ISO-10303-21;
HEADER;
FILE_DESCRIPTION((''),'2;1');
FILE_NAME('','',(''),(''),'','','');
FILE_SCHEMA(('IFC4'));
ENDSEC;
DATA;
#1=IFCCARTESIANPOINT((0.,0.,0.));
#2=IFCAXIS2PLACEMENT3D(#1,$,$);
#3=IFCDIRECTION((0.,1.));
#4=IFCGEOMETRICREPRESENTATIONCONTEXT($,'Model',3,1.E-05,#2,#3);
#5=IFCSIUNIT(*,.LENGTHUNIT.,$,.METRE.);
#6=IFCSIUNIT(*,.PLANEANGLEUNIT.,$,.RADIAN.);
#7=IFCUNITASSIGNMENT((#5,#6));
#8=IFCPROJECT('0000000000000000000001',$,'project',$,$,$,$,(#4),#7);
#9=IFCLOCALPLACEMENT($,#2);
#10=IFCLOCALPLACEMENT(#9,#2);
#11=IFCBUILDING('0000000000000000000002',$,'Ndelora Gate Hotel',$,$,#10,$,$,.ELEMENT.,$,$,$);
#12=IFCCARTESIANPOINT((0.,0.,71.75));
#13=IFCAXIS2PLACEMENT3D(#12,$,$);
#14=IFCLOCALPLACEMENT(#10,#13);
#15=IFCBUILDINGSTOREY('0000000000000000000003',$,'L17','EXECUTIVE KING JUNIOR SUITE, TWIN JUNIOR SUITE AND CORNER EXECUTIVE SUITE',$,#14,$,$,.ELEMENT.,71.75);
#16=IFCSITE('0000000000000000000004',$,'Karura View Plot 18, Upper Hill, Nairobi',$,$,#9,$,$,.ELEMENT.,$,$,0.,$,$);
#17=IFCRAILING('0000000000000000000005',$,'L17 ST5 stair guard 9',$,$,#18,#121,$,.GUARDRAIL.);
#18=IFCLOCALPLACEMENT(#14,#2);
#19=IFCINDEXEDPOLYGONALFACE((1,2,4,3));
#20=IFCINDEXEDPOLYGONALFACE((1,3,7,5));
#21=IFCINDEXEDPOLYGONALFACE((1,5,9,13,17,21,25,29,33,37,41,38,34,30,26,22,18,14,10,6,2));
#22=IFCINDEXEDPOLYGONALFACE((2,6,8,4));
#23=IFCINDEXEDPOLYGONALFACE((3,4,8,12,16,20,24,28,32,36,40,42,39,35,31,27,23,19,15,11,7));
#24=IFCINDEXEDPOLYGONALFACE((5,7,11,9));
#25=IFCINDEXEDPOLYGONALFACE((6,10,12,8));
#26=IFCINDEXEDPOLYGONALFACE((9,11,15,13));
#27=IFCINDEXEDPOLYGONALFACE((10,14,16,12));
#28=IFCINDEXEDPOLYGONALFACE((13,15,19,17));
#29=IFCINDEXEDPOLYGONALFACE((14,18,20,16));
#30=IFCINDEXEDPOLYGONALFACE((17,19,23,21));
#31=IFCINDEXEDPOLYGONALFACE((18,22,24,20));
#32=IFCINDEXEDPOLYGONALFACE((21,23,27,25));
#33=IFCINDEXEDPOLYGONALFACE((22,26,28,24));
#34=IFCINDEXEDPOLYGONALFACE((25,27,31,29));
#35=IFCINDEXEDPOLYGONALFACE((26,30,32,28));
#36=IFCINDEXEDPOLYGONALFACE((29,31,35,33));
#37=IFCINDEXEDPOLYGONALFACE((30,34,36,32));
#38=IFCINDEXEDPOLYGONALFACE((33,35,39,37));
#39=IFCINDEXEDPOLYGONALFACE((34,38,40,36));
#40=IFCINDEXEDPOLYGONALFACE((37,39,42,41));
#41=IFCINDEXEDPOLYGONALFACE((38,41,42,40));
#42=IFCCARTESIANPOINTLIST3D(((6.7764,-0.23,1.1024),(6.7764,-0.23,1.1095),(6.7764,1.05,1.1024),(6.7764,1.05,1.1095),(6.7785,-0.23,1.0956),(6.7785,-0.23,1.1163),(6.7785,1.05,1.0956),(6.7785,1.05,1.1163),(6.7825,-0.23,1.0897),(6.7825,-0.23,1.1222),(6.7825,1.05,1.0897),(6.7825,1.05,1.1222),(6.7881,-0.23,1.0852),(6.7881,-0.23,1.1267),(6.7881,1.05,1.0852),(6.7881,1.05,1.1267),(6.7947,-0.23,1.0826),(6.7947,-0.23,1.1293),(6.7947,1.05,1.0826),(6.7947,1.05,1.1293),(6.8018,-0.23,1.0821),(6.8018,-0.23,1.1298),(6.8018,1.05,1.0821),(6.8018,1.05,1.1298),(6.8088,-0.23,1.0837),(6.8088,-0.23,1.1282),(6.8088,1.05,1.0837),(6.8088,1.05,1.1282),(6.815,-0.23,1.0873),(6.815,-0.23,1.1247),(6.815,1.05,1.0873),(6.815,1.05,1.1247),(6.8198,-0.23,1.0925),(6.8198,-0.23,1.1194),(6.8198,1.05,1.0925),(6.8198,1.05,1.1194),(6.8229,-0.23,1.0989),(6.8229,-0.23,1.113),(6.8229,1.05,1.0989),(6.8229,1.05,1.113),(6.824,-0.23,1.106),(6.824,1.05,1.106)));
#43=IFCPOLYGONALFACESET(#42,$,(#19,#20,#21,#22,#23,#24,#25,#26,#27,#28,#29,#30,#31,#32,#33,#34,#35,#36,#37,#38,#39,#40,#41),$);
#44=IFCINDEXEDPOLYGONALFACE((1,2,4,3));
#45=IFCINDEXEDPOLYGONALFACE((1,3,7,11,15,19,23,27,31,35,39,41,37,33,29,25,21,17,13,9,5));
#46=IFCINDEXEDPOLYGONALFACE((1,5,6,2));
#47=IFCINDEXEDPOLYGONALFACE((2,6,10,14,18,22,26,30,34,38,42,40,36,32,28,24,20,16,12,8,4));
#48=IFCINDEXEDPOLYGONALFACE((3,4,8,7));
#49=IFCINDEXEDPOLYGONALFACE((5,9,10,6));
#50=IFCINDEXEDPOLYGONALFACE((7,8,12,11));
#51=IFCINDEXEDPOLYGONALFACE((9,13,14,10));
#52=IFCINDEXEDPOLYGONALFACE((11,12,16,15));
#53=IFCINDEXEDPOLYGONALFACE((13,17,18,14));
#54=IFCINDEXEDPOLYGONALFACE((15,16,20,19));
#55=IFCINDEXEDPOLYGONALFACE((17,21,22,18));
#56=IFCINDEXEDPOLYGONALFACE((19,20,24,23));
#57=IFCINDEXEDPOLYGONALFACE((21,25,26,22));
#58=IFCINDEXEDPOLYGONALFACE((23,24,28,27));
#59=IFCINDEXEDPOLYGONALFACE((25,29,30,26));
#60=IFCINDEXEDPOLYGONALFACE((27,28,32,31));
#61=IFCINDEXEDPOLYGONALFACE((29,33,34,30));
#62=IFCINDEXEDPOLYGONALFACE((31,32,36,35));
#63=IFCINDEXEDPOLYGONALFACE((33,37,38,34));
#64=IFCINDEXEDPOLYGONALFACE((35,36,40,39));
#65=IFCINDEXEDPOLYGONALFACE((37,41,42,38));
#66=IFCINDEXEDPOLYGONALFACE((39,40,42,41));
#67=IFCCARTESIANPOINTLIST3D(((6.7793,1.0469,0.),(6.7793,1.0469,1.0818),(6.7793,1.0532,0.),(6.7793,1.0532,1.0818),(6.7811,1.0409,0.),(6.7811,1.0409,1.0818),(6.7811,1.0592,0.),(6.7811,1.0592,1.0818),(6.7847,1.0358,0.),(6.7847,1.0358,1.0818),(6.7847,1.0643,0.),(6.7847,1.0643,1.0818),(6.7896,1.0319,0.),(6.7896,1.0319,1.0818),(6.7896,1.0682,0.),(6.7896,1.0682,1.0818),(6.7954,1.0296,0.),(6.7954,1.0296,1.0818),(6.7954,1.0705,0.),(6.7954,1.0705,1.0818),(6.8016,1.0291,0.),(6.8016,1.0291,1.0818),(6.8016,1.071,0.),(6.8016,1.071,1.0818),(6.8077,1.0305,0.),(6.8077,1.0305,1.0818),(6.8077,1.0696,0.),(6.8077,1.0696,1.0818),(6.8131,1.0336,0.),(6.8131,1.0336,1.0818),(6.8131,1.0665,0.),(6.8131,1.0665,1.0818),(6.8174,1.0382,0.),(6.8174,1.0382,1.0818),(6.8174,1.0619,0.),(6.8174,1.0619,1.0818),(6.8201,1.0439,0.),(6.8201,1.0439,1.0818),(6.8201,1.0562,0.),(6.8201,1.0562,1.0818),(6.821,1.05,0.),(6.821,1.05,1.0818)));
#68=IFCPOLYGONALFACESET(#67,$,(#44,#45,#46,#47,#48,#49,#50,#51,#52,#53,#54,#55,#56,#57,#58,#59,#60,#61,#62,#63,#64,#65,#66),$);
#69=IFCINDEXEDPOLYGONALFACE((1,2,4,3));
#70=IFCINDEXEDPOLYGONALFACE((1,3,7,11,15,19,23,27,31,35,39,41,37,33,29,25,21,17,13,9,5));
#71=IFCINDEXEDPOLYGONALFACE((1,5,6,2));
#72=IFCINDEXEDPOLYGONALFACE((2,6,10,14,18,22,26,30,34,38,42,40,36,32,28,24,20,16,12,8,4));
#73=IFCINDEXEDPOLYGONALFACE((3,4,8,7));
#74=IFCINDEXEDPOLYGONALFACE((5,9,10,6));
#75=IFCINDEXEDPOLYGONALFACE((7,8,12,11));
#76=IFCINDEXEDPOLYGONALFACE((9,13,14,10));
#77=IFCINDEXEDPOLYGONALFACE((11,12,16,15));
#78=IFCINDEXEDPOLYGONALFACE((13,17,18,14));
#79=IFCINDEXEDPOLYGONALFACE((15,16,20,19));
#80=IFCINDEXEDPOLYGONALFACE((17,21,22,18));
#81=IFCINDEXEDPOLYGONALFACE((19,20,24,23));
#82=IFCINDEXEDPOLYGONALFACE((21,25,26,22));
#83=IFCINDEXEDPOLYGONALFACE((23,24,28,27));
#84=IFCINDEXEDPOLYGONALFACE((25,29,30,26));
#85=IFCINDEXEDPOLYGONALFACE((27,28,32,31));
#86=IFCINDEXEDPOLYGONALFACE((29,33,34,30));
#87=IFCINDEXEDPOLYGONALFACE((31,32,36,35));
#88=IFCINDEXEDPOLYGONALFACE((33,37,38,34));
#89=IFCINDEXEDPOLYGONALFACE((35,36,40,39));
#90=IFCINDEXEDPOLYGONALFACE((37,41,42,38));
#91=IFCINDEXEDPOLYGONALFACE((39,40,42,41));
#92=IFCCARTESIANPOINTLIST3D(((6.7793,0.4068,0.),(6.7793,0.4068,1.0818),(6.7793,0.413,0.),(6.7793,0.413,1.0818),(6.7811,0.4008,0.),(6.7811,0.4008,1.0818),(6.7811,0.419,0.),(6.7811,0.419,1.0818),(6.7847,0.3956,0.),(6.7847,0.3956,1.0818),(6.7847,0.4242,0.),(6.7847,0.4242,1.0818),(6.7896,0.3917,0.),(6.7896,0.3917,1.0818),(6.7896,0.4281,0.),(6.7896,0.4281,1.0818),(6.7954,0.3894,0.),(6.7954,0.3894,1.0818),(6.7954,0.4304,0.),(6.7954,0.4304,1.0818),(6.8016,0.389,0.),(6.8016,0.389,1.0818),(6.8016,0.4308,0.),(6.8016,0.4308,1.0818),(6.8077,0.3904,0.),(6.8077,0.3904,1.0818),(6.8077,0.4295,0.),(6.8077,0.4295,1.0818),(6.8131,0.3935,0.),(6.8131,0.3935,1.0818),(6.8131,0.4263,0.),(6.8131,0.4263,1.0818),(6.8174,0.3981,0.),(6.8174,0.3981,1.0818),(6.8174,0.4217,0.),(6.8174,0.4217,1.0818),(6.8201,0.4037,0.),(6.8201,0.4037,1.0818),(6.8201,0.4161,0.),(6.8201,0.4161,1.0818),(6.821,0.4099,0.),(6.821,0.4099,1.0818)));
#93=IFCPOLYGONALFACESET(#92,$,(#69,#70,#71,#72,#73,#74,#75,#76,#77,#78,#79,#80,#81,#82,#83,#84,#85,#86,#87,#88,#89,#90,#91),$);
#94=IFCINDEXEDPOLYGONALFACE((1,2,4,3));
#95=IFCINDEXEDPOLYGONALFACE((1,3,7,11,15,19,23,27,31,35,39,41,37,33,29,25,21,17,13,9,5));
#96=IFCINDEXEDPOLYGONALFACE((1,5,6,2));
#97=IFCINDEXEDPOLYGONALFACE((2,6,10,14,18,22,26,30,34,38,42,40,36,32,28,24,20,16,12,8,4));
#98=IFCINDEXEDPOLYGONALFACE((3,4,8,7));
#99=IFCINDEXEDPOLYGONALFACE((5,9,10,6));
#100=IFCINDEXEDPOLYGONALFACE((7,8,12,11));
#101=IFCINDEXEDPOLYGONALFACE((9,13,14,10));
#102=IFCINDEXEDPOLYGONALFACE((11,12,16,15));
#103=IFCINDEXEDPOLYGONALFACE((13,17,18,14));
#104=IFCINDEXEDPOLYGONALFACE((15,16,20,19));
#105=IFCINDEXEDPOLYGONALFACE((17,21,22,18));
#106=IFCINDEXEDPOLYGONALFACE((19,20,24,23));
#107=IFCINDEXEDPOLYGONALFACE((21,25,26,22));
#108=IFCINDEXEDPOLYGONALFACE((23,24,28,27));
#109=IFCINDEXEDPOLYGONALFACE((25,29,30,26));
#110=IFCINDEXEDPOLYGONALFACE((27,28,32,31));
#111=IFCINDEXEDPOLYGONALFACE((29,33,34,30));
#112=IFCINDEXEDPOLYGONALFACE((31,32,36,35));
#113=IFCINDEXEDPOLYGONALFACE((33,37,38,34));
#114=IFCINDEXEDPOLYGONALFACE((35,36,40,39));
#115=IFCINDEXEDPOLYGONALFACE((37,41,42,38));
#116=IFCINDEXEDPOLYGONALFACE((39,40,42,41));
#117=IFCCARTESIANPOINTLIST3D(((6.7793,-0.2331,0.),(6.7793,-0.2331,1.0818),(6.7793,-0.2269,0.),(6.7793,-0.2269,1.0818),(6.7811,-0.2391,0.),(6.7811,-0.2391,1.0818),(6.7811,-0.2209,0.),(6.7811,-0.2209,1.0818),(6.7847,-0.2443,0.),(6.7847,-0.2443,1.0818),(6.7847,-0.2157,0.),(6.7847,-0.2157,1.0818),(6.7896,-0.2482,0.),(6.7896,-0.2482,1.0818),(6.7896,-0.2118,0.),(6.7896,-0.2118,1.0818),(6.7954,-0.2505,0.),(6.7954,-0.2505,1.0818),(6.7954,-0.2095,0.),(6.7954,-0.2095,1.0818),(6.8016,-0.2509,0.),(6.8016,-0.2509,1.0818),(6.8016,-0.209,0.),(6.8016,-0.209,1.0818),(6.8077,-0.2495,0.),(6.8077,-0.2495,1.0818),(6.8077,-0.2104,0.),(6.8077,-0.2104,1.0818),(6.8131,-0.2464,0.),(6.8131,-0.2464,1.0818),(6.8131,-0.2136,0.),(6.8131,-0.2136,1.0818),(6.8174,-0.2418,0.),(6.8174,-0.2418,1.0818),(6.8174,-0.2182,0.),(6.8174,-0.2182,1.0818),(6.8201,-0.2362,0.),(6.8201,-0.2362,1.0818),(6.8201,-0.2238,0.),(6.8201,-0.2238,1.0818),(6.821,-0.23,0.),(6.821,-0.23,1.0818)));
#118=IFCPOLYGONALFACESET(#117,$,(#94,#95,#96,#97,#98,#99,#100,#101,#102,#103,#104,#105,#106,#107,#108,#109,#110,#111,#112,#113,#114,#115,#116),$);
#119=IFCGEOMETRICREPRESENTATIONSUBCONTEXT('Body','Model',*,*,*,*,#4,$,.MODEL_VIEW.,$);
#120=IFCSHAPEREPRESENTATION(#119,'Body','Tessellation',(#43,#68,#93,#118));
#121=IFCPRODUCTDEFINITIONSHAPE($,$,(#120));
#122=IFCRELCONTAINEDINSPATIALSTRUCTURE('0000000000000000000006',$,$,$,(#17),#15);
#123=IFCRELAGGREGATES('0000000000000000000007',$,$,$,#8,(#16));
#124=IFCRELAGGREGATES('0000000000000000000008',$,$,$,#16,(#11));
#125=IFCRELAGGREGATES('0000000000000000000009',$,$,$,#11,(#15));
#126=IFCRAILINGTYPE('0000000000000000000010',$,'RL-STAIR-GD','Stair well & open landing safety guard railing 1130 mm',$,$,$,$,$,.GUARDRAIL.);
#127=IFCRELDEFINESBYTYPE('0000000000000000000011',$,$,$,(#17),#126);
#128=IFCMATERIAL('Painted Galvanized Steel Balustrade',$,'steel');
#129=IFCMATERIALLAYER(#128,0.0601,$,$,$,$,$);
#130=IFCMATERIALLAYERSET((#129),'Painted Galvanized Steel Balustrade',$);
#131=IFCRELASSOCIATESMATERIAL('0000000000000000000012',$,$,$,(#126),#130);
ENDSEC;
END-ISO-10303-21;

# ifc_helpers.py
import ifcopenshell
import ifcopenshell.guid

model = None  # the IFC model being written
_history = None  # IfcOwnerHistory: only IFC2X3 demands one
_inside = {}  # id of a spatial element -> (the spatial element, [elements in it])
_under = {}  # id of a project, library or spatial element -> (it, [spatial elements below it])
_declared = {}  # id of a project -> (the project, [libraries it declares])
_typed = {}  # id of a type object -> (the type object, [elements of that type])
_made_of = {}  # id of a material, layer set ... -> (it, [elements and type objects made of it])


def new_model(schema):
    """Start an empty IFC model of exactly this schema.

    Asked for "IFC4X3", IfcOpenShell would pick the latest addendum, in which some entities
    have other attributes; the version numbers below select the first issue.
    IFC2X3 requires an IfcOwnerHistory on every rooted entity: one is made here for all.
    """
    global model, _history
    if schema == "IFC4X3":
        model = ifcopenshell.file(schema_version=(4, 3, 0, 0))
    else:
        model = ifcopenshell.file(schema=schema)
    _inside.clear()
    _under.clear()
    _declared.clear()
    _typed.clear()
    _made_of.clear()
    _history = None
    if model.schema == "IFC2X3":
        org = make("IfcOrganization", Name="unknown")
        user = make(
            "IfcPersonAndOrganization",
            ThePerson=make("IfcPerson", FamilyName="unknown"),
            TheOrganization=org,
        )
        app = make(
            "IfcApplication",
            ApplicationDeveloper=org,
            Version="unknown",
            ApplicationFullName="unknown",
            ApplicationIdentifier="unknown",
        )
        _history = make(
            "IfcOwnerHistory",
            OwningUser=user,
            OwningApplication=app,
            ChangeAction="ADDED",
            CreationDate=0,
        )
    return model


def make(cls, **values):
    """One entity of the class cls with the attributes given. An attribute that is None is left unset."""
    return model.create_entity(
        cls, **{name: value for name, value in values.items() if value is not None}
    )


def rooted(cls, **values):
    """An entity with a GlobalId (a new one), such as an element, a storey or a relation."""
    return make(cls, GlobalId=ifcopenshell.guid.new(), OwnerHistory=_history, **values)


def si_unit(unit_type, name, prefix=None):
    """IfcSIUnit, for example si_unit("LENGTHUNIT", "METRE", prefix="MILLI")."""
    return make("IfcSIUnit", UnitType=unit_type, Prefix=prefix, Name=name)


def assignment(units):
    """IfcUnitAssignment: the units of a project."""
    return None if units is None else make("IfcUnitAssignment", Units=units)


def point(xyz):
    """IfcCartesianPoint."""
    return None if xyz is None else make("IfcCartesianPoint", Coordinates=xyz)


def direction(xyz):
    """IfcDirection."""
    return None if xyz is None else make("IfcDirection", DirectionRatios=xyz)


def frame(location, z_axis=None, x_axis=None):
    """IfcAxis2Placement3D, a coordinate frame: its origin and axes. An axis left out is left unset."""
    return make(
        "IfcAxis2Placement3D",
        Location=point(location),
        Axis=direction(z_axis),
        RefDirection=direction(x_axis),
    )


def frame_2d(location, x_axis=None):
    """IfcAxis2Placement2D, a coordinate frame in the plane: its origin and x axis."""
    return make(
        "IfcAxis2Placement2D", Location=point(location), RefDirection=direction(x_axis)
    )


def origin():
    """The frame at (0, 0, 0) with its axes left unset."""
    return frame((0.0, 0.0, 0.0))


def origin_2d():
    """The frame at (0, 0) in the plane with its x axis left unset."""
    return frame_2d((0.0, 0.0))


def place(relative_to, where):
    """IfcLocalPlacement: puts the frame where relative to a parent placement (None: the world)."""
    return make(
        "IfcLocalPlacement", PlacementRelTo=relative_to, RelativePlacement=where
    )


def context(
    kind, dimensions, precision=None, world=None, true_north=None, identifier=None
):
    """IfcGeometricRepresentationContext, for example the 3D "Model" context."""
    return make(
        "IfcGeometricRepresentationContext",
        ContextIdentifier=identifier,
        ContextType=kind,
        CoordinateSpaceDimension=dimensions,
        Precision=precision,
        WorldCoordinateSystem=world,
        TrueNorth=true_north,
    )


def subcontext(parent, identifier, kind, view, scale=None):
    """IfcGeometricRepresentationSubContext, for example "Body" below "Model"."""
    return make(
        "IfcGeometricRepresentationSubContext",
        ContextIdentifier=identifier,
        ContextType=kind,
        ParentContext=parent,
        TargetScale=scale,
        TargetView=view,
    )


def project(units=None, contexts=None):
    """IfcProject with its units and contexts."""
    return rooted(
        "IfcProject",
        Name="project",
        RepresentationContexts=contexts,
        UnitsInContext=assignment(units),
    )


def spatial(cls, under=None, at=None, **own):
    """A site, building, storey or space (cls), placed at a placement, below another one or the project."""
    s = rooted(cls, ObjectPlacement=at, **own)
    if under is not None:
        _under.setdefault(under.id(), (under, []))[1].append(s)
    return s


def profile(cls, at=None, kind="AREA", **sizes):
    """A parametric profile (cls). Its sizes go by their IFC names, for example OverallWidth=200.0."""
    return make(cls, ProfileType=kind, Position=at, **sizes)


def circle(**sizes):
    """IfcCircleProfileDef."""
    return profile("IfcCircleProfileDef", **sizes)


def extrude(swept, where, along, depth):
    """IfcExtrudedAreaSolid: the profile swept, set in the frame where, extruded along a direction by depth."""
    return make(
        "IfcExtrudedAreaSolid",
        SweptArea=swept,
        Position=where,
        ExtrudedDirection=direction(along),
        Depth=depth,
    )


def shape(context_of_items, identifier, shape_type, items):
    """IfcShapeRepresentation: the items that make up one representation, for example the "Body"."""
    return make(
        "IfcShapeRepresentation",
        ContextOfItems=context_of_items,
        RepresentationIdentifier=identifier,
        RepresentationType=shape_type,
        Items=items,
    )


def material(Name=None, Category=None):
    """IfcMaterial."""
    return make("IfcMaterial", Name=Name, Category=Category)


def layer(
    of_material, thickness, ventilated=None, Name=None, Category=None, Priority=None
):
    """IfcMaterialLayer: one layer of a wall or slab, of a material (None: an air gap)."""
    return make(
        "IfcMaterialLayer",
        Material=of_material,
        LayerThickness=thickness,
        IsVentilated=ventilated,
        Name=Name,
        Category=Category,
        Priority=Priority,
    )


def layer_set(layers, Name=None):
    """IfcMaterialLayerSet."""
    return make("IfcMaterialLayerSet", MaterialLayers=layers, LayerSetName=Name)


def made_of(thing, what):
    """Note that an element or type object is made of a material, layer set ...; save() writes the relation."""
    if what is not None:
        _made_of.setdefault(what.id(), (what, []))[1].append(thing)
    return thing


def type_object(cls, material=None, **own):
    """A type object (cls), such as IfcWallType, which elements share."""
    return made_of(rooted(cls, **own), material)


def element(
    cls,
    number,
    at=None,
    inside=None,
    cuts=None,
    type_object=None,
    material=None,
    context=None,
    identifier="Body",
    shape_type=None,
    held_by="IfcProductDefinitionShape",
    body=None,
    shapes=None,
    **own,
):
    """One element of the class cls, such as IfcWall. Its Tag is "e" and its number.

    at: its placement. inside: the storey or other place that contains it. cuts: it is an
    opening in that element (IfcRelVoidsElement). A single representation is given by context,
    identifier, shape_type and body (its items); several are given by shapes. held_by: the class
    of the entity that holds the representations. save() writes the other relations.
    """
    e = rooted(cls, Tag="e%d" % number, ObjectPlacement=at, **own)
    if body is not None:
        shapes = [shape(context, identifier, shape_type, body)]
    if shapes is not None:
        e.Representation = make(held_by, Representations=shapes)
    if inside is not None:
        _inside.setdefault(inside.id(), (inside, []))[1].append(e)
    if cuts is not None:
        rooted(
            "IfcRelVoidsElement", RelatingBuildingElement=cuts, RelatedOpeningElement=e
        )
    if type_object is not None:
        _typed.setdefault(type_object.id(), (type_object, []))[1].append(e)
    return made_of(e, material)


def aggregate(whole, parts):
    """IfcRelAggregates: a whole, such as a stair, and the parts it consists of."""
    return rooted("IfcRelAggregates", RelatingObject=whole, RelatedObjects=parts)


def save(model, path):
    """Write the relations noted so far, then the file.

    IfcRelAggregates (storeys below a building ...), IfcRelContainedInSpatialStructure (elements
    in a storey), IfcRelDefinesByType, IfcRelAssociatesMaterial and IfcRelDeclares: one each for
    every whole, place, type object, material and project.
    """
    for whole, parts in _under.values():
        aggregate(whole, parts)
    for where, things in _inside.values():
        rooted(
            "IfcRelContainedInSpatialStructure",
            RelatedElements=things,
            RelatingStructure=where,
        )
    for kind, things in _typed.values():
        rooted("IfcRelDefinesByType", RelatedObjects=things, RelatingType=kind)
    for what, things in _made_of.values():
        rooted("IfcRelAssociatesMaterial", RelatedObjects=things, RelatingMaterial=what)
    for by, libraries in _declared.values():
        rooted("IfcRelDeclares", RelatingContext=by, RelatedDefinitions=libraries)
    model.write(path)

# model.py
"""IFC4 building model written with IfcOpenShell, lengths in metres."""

from ifc_helpers import new_model, si_unit, direction, frame, origin, origin_2d, place, context, subcontext, project, spatial, circle, extrude, material, layer, layer_set, type_object, element, save


model = new_model("IFC4")

# Units and contexts
model_context = context("Model", 3, precision=1e-05, world=origin(), true_north=direction((0.0, 1.0)))
body_context = subcontext(model_context, "Body", "Model", "MODEL_VIEW")
ifc_project = project(units=[si_unit("LENGTHUNIT", "METRE"), si_unit("PLANEANGLEUNIT", "RADIAN")], contexts=[model_context])

# Site, building, storey
site_placement = place(None, origin())
site = spatial("IfcSite", under=ifc_project, at=site_placement, Name="Karura View Plot 18, Upper Hill, Nairobi", CompositionType="ELEMENT", RefElevation=0.0)
building_placement = place(site_placement, origin())
building = spatial("IfcBuilding", under=site, at=building_placement, Name="Ndelora Gate Hotel", CompositionType="ELEMENT")
storey_placement = place(building_placement, frame((0.0, 0.0, 71.75)))
storey = spatial("IfcBuildingStorey", under=building, at=storey_placement, Name="L17", Description="EXECUTIVE KING JUNIOR SUITE, TWIN JUNIOR SUITE AND CORNER EXECUTIVE SUITE", CompositionType="ELEMENT", Elevation=71.75)

# Railing
ifc_material_1 = material(Name="Painted Galvanized Steel Balustrade", Category="steel")
ifc_layer_1 = layer(ifc_material_1, 0.0601)
ifc_layer_set_1 = layer_set([ifc_layer_1], Name="Painted Galvanized Steel Balustrade")
railing_type_1 = type_object("IfcRailingType", Name="RL-STAIR-GD", Description="Stair well & open landing safety guard railing 1130 mm", PredefinedType="GUARDRAIL", material=ifc_layer_set_1)
railing_1_placement = place(storey_placement, frame((6.8, 1.05, 0.0)))
element("IfcRailing", 1, at=railing_1_placement, inside=storey, type_object=railing_type_1, Name="L17 ST5 stair guard 9", PredefinedType="GUARDRAIL", context=body_context, shape_type="SweptSolid", body=[
    extrude(circle(Radius=0.0239, at=origin_2d()), frame((0.0, 0.0, 1.106), z_axis=(0.0, -1.0, 0.0), x_axis=(1.0, 0.0, 0.0)), (0.0, 0.0, 1.0), 1.28),
    extrude(circle(Radius=0.021, at=origin_2d()), origin(), (0.0, 0.0, 1.0), 1.0818),
    extrude(circle(Radius=0.021, at=origin_2d()), frame((0.0, -0.6401, 0.0)), (0.0, 0.0, 1.0), 1.0818),
    extrude(circle(Radius=0.021, at=origin_2d()), frame((0.0, -1.28, 0.0)), (0.0, 0.0, 1.0), 1.0818),
])

save(model, "model.ifc")
